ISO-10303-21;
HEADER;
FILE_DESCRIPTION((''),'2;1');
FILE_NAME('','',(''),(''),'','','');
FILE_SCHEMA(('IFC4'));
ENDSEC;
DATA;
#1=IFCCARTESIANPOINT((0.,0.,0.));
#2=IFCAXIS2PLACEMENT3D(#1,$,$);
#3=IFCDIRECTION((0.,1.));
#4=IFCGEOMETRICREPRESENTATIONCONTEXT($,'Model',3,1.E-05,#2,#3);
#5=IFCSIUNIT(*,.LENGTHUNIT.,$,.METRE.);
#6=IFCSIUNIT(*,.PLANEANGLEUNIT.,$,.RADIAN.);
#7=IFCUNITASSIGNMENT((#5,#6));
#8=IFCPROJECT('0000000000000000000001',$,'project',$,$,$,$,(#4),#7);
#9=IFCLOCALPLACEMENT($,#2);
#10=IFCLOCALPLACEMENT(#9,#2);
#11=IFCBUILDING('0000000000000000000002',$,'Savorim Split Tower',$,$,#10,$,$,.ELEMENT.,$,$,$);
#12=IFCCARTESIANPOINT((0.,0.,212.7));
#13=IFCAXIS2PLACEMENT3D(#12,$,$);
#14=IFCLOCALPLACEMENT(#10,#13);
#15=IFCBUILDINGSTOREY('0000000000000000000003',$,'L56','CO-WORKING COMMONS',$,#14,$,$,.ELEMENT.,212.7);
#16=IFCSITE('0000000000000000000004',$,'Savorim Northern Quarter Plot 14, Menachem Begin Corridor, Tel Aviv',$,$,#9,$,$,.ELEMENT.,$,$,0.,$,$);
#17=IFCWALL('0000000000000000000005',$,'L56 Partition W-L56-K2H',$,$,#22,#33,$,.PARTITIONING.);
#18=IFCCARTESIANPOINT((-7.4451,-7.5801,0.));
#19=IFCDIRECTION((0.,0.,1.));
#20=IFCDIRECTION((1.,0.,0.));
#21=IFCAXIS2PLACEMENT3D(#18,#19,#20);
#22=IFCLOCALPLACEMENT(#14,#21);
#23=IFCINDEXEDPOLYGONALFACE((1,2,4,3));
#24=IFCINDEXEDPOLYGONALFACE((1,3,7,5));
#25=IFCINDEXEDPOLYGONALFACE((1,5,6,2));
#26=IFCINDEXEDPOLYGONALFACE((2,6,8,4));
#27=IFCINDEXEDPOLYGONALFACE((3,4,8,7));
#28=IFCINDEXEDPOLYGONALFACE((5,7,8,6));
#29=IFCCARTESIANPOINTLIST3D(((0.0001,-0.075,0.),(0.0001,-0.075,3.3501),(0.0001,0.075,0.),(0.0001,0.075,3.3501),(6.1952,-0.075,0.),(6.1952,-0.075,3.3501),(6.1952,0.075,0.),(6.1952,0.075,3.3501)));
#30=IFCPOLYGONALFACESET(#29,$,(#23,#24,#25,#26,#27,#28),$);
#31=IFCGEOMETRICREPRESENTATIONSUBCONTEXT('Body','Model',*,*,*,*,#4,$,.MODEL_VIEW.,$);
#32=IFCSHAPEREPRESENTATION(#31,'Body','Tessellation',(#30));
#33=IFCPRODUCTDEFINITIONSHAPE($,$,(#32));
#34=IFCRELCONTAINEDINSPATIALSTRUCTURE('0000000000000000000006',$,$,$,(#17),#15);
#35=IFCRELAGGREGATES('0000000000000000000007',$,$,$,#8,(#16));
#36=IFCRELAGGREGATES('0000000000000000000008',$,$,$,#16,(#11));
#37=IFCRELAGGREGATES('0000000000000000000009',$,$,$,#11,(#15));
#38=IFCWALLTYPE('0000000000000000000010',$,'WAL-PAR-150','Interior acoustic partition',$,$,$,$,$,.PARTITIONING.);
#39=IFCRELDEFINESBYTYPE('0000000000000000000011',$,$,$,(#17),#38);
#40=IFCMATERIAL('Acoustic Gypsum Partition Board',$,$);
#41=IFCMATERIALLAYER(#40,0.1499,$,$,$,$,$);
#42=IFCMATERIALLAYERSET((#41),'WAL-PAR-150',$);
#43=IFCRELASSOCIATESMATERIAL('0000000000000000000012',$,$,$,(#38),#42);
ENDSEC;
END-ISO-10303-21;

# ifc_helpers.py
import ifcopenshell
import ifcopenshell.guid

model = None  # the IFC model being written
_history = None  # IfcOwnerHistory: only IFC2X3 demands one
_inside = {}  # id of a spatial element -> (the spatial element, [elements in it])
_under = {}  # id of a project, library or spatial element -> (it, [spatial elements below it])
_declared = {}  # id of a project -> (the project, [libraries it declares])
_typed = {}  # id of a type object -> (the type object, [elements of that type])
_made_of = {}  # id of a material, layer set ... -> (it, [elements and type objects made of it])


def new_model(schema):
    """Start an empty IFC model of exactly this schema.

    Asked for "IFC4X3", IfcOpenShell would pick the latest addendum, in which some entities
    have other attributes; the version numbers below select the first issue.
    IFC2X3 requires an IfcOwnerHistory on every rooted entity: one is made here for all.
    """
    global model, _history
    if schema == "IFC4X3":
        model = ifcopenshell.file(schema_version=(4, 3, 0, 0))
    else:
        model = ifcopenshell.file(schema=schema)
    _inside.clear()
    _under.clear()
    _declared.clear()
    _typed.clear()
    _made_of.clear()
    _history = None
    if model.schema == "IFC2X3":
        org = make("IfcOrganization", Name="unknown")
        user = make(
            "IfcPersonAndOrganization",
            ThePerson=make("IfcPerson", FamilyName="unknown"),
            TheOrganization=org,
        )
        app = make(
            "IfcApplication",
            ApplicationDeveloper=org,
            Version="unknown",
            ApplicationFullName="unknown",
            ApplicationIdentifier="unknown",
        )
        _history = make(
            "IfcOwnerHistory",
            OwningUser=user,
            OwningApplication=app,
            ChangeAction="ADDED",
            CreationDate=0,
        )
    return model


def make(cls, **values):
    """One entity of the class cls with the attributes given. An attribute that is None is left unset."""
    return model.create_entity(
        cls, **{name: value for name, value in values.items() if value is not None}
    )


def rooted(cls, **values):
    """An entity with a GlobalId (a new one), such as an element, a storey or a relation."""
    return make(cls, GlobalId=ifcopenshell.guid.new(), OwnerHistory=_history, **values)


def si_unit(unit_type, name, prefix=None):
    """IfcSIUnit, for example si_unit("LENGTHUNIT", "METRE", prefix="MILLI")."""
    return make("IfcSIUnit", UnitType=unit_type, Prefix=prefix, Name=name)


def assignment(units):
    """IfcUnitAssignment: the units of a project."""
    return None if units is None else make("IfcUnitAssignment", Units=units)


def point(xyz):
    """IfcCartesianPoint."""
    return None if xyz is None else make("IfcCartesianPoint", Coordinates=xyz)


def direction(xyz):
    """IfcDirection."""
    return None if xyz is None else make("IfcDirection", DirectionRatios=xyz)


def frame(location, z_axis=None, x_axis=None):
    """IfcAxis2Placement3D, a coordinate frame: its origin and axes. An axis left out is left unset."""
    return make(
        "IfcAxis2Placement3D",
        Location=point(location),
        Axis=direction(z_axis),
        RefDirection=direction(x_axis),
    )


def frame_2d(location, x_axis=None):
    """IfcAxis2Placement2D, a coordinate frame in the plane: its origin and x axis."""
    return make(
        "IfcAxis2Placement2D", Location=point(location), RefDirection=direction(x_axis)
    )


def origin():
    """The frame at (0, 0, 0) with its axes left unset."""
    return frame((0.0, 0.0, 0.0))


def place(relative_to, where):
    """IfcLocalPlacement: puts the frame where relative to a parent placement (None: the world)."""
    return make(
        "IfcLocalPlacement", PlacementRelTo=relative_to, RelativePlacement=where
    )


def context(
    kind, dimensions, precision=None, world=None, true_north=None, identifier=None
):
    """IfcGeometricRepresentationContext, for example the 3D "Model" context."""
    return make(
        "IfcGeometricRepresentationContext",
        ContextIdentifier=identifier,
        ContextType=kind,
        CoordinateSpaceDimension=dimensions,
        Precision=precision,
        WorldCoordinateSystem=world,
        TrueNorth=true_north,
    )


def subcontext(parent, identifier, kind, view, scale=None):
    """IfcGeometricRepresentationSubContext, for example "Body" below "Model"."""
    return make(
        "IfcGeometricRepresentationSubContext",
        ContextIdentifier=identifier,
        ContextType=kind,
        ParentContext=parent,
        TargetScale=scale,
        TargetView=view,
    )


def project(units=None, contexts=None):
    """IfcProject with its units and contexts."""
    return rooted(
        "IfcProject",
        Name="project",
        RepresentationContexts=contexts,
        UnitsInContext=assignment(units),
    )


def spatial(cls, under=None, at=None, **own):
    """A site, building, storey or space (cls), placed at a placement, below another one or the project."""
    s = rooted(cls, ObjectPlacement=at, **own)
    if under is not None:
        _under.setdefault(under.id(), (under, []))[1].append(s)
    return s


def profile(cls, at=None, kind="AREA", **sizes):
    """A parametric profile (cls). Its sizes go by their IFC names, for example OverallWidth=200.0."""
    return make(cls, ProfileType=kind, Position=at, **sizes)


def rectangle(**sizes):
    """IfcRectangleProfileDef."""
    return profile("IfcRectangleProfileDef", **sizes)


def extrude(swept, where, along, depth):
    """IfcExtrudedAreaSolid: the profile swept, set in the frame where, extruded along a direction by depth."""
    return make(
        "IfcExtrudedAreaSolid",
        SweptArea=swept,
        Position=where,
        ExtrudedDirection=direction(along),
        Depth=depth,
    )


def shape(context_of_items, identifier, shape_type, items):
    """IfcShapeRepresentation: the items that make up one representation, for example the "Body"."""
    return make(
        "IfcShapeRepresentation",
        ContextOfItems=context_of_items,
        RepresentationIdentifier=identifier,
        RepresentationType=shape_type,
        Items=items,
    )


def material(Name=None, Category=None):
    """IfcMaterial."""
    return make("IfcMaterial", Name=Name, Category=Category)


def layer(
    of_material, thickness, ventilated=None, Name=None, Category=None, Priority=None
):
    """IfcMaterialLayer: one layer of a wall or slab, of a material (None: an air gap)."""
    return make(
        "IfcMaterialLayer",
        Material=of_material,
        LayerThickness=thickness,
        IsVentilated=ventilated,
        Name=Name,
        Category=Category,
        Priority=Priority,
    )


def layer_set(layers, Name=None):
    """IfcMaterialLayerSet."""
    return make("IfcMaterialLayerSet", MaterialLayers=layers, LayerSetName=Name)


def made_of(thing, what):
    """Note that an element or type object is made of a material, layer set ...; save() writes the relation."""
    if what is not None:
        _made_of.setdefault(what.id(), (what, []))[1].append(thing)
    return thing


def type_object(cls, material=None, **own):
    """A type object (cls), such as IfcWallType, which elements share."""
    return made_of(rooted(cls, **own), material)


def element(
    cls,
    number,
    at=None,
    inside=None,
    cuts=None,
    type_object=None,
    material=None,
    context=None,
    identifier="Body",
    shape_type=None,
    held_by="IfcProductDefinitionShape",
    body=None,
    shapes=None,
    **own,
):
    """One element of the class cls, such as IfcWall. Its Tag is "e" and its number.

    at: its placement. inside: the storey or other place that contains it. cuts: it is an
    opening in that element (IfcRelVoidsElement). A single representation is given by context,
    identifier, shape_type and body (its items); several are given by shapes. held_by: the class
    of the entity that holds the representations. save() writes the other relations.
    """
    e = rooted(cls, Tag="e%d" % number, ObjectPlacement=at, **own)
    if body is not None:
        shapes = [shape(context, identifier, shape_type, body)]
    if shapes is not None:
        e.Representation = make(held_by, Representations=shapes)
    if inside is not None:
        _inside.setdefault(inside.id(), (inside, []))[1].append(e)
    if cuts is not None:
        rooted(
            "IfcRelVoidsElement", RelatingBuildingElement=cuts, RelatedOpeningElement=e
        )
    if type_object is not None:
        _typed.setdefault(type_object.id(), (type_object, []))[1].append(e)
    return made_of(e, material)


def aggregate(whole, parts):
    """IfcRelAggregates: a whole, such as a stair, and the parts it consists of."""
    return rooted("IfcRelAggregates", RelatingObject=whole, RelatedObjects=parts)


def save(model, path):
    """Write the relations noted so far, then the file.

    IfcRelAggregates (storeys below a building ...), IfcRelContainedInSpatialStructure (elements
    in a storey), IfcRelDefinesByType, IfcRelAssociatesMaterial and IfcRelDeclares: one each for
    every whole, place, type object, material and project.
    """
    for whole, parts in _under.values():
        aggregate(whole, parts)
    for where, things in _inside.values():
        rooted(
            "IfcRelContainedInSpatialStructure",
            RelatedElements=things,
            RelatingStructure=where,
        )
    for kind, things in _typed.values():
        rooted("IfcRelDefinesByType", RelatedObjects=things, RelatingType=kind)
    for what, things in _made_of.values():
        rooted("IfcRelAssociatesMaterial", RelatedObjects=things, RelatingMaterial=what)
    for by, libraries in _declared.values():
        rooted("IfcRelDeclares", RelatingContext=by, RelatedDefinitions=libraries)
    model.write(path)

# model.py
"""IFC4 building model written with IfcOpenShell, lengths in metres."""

from ifc_helpers import new_model, si_unit, direction, frame, frame_2d, origin, place, context, subcontext, project, spatial, rectangle, extrude, material, layer, layer_set, type_object, element, save


model = new_model("IFC4")

# Units and contexts
model_context = context("Model", 3, precision=1e-05, world=origin(), true_north=direction((0.0, 1.0)))
body_context = subcontext(model_context, "Body", "Model", "MODEL_VIEW")
ifc_project = project(units=[si_unit("LENGTHUNIT", "METRE"), si_unit("PLANEANGLEUNIT", "RADIAN")], contexts=[model_context])

# Site, building, storey
site_placement = place(None, origin())
site = spatial("IfcSite", under=ifc_project, at=site_placement, Name="Savorim Northern Quarter Plot 14, Menachem Begin Corridor, Tel Aviv", CompositionType="ELEMENT", RefElevation=0.0)
building_placement = place(site_placement, origin())
building = spatial("IfcBuilding", under=site, at=building_placement, Name="Savorim Split Tower", CompositionType="ELEMENT")
storey_placement = place(building_placement, frame((0.0, 0.0, 212.7)))
storey = spatial("IfcBuildingStorey", under=building, at=storey_placement, Name="L56", Description="CO-WORKING COMMONS", CompositionType="ELEMENT", Elevation=212.7)

# Shared definitions
ifc_material_1 = material(Name="Acoustic Gypsum Partition Board")
ifc_layer_1 = layer(ifc_material_1, 0.1499)
ifc_layer_set_1 = layer_set([ifc_layer_1], Name="WAL-PAR-150")
wall_type_1 = type_object("IfcWallType", Name="WAL-PAR-150", Description="Interior acoustic partition", PredefinedType="PARTITIONING", material=ifc_layer_set_1)

# Wall
wall_1_placement = place(storey_placement, frame((-7.4451, -7.5801, 0.0), z_axis=(0.0, 0.0, 1.0), x_axis=(1.0, 0.0, 0.0)))
element("IfcWall", 1, at=wall_1_placement, inside=storey, type_object=wall_type_1, Name="L56 Partition W-L56-K2H", PredefinedType="PARTITIONING", context=body_context, shape_type="SweptSolid", body=[
    extrude(rectangle(XDim=6.1951, YDim=0.1499, at=frame_2d((3.0977, 0.0))), origin(), (0.0, 0.0, 1.0), 3.3501),
])

save(model, "model.ifc")
